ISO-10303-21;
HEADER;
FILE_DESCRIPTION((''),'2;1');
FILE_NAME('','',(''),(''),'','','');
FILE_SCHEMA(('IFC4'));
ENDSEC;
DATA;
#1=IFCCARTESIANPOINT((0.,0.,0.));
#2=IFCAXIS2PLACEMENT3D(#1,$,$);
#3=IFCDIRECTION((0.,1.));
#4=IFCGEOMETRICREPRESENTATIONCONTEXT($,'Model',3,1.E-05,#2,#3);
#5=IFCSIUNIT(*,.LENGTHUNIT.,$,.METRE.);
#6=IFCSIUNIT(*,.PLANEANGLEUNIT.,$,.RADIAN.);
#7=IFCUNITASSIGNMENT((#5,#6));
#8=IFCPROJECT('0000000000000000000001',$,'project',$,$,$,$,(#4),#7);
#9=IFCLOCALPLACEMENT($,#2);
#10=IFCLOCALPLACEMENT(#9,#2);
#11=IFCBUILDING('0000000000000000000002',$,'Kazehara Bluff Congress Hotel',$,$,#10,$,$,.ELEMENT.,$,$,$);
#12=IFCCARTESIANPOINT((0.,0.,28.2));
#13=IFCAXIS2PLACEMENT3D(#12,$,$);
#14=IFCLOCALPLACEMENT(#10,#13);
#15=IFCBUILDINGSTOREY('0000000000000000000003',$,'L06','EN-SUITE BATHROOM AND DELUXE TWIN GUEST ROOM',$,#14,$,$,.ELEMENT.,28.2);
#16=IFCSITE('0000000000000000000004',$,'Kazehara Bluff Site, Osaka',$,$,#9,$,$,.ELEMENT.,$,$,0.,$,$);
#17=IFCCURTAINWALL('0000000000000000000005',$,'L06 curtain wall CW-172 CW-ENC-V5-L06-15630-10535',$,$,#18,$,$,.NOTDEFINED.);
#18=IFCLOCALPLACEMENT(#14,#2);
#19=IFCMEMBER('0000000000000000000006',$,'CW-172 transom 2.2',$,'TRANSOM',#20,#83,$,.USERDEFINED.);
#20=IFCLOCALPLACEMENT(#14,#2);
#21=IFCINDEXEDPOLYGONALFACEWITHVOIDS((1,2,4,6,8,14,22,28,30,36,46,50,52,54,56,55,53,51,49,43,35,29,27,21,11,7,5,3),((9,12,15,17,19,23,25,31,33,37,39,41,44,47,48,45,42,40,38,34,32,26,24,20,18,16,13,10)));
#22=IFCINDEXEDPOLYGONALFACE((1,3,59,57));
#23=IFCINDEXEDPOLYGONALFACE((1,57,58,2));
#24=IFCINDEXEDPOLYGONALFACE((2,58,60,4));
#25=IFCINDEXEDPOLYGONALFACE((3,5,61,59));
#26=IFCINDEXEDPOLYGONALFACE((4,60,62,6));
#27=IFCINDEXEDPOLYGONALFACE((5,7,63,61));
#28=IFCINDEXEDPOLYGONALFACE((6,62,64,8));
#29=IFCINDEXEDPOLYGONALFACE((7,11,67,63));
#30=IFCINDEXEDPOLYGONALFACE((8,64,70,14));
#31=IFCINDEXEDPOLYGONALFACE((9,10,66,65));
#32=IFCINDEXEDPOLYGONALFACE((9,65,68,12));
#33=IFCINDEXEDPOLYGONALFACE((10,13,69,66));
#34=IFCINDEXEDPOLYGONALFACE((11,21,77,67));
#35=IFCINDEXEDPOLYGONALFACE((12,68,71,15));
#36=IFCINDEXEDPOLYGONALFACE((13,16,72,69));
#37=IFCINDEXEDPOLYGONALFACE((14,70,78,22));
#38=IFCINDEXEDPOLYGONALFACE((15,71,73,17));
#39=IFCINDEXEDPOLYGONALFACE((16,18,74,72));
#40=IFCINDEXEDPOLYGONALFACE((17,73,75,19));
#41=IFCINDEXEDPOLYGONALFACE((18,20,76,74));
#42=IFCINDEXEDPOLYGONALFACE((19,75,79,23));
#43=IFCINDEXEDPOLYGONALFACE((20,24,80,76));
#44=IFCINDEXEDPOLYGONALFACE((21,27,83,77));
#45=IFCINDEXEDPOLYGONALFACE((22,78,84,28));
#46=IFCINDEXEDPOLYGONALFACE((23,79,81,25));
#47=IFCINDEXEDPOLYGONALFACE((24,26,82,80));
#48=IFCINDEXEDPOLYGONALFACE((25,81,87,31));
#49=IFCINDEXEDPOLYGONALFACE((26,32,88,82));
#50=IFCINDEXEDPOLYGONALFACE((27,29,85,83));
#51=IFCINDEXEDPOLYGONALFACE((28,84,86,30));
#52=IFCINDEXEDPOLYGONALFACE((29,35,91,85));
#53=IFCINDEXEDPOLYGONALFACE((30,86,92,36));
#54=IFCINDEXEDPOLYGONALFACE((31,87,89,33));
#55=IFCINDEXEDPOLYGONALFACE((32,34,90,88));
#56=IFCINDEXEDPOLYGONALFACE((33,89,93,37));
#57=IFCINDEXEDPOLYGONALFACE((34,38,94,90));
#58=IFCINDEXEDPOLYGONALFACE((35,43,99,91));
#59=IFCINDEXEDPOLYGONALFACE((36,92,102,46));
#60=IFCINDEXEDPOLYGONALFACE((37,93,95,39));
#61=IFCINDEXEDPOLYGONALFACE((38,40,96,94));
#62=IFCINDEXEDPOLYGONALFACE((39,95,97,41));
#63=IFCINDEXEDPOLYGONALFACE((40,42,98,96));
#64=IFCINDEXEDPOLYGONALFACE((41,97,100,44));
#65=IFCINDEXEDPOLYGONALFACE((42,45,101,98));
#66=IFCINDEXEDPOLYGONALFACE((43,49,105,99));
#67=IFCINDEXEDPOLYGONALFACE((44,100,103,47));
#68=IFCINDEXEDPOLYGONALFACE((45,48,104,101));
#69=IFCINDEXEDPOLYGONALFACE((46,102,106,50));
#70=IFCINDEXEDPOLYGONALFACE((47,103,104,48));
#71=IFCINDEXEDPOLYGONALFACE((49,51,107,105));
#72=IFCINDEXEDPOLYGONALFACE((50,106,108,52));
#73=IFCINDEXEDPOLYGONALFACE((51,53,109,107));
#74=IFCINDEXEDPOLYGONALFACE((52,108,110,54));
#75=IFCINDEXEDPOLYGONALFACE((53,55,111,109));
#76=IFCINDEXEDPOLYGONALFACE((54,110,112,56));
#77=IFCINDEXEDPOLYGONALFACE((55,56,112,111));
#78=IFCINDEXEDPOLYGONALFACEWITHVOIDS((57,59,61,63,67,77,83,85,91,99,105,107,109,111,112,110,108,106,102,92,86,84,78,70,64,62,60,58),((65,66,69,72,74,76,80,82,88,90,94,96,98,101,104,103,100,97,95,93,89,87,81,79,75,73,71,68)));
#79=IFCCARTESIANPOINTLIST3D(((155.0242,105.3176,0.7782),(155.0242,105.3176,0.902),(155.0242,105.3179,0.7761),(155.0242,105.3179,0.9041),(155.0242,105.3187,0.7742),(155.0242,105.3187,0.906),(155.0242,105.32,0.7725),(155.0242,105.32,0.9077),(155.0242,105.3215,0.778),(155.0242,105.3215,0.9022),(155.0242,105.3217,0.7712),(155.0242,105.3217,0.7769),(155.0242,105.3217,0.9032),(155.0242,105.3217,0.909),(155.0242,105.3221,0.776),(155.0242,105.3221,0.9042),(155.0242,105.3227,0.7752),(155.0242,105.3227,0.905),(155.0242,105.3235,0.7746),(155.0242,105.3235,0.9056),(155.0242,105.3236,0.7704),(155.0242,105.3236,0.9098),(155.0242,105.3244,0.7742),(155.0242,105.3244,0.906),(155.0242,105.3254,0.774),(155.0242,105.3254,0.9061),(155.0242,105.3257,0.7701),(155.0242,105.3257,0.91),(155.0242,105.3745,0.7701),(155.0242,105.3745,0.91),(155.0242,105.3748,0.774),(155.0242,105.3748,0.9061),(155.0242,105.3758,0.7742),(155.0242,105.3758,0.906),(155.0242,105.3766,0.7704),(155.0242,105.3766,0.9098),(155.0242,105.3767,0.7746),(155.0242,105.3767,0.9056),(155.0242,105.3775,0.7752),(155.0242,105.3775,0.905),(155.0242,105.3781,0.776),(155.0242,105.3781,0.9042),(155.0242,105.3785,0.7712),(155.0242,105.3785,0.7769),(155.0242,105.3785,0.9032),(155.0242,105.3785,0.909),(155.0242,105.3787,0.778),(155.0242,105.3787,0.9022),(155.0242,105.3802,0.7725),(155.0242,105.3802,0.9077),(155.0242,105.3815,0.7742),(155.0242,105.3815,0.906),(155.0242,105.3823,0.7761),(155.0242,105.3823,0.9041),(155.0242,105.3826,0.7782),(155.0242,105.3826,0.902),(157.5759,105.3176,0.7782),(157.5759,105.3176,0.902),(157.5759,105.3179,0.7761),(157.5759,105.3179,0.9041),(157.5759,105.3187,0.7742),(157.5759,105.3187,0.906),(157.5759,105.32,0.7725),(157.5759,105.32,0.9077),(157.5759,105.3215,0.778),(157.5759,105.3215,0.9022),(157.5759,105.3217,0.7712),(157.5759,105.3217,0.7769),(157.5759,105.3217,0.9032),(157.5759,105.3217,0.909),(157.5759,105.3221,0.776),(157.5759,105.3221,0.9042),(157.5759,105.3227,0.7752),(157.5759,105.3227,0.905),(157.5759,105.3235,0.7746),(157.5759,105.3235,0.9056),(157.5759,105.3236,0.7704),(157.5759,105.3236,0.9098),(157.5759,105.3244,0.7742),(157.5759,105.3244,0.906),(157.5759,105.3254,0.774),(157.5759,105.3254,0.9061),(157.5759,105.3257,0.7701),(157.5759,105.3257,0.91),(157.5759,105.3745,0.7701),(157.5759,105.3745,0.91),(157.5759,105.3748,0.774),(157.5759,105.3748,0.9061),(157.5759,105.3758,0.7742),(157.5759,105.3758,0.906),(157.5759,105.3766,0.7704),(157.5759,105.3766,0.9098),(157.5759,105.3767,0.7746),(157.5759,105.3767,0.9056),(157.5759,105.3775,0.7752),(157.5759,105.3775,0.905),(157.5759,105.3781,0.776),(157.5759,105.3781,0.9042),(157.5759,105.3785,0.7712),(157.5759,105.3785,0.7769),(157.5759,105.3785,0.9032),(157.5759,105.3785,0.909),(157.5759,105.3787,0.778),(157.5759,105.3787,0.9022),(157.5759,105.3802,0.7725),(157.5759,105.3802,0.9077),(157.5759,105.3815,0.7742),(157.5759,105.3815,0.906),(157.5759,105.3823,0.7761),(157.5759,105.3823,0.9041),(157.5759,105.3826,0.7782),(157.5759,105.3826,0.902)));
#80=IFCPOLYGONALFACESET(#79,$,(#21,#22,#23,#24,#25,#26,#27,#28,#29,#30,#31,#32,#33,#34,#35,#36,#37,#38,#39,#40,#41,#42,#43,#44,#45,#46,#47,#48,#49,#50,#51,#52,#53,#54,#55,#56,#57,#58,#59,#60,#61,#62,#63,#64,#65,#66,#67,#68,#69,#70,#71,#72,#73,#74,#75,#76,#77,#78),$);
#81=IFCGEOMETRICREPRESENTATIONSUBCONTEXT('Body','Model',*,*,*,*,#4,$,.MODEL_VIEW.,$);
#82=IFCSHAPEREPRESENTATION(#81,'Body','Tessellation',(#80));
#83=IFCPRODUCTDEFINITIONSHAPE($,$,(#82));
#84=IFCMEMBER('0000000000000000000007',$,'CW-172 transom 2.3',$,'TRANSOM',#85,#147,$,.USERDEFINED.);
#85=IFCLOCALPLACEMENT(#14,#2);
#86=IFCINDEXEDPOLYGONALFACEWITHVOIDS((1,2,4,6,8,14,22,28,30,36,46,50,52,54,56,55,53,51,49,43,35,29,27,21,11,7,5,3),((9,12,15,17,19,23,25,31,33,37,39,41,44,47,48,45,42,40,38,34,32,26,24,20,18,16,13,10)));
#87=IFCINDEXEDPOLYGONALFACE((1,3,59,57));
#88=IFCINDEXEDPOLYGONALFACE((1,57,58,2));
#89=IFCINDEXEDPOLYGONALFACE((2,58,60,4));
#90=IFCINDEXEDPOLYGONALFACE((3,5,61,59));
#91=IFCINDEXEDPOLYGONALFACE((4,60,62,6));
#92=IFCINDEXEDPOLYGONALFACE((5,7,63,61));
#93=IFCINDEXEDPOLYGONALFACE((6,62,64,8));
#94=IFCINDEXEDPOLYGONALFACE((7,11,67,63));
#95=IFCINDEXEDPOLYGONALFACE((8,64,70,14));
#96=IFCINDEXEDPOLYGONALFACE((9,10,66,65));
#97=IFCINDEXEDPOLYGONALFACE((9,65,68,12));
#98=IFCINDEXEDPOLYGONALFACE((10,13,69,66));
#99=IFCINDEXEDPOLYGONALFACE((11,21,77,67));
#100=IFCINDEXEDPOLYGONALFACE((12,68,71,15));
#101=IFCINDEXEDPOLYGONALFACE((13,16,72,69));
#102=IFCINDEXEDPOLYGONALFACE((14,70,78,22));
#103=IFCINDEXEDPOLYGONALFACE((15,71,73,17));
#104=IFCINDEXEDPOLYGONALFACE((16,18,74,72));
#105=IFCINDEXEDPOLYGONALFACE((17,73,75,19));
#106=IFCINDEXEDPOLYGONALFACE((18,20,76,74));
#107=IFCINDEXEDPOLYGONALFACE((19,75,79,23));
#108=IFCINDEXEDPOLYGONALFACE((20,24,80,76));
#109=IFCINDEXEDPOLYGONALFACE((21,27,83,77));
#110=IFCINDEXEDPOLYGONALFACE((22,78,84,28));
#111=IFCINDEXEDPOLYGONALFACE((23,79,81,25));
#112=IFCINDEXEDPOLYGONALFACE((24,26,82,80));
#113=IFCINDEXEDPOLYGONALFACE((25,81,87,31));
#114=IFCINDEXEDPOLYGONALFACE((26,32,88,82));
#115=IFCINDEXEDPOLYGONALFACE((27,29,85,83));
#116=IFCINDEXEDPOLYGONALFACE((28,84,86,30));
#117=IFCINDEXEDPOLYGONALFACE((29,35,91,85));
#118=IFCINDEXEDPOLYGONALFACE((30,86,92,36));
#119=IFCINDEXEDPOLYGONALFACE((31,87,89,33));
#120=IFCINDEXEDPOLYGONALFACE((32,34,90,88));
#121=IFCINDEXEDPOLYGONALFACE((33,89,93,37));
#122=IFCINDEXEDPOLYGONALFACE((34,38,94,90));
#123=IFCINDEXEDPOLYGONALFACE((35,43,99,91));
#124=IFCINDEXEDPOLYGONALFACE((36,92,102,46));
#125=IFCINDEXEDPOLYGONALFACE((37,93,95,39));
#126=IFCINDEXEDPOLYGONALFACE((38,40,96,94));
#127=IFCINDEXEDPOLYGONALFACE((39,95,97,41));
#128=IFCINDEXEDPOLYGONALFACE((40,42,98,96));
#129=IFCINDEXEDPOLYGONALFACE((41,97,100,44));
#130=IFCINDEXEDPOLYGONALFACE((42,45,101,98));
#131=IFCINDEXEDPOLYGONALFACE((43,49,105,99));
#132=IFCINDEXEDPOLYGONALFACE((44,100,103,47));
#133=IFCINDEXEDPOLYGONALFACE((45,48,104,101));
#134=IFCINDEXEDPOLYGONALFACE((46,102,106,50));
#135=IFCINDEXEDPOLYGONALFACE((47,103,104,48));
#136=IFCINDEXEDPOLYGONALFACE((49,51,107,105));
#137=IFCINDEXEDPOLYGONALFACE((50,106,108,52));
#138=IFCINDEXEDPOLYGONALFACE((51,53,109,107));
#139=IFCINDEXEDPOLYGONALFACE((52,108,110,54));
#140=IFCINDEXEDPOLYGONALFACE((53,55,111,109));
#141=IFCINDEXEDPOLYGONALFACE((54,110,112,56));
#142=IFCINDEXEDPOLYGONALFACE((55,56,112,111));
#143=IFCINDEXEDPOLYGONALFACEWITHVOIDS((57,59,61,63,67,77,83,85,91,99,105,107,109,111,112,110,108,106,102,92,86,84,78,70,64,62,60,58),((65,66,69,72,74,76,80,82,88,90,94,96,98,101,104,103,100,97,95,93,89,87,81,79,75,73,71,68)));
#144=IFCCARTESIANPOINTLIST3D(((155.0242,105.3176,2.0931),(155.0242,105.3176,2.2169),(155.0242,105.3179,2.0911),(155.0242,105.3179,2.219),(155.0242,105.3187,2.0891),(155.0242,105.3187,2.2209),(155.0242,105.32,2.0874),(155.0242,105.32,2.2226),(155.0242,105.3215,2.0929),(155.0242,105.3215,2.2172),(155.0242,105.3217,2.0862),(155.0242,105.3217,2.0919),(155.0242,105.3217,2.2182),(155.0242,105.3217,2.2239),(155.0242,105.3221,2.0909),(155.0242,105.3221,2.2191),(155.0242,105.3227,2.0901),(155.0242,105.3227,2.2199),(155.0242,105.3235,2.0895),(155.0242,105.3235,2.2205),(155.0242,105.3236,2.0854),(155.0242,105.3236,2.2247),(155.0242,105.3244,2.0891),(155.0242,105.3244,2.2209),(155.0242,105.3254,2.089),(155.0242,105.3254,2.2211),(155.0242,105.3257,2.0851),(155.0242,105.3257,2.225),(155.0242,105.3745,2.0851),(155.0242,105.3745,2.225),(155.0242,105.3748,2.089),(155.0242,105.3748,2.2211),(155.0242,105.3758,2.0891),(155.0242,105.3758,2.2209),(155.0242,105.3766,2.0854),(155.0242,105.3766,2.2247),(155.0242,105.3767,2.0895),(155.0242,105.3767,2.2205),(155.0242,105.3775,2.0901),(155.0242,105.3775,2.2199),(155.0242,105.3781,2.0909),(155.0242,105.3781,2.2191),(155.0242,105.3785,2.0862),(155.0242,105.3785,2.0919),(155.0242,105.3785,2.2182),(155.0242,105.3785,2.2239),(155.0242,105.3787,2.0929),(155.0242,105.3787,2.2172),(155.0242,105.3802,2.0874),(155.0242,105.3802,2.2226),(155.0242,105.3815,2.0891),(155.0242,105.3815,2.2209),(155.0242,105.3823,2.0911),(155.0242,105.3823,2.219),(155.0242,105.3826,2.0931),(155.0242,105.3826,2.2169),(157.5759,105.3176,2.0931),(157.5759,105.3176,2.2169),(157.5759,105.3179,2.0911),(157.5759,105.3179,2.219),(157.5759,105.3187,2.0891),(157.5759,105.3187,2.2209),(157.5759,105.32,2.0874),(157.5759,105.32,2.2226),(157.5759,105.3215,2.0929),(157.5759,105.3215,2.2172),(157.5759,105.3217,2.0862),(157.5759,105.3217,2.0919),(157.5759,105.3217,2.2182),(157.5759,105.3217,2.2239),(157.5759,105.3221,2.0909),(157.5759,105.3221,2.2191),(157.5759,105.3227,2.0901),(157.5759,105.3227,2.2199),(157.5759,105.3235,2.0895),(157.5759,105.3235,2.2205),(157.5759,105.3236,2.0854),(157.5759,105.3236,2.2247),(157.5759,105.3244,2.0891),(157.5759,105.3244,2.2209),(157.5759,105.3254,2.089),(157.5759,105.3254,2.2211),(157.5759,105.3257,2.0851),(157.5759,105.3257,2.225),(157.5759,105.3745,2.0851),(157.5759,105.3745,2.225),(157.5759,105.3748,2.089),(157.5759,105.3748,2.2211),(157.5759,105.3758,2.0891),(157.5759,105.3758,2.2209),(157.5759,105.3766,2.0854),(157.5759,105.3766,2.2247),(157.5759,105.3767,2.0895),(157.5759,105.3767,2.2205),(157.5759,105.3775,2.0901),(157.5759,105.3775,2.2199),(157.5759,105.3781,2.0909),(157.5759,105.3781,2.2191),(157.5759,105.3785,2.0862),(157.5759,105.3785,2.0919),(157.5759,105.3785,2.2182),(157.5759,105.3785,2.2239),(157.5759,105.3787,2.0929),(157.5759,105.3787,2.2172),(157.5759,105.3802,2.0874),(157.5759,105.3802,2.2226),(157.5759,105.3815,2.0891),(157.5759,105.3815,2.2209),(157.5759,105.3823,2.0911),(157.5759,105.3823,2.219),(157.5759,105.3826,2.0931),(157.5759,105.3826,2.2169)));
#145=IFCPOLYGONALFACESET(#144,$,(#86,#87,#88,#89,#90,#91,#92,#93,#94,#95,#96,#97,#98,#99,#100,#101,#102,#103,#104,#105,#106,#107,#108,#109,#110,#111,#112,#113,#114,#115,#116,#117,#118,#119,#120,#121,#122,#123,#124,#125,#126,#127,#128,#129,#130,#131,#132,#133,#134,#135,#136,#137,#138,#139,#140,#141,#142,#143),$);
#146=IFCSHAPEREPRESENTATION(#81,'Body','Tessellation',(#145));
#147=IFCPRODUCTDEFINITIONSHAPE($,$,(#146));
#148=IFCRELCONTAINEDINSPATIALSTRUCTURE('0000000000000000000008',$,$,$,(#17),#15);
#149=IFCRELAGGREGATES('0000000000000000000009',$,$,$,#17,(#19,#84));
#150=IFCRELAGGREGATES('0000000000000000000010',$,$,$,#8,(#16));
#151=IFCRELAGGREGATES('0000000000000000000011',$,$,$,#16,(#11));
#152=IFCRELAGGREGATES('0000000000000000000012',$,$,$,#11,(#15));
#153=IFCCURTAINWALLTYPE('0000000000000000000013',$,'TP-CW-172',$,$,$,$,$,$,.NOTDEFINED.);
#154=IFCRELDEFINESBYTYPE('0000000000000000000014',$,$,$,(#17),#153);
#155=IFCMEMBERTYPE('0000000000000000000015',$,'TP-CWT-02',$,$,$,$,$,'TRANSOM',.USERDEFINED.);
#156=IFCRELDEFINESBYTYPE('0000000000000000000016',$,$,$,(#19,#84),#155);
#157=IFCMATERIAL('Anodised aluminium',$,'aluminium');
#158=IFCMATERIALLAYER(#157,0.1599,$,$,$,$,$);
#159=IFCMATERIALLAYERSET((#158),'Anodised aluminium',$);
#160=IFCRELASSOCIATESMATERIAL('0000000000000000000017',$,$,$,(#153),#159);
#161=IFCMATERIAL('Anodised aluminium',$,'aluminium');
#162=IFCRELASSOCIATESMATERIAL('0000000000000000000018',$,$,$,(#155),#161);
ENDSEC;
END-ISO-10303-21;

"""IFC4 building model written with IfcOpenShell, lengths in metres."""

from ifc_helpers import new_model, si_unit, direction, frame, origin, origin_2d, place, context, subcontext, project, spatial, hollow_rectangle, extrude, material, layer, layer_set, material_profile, profile_set, type_object, element, aggregate, save


model = new_model("IFC4")

# Units and contexts
model_context = context("Model", 3, precision=1e-05, world=origin(), true_north=direction((0.0, 1.0)))
body_context = subcontext(model_context, "Body", "Model", "MODEL_VIEW")
ifc_project = project(units=[si_unit("LENGTHUNIT", "METRE"), si_unit("PLANEANGLEUNIT", "RADIAN")], contexts=[model_context])

# Site, building, storey
site_placement = place(None, origin())
site = spatial("IfcSite", under=ifc_project, at=site_placement, Name="Kazehara Bluff Site, Osaka", CompositionType="ELEMENT", RefElevation=0.0)
building_placement = place(site_placement, origin())
building = spatial("IfcBuilding", under=site, at=building_placement, Name="Kazehara Bluff Congress Hotel", CompositionType="ELEMENT")
storey_placement = place(building_placement, frame((0.0, 0.0, 28.2)))
storey = spatial("IfcBuildingStorey", under=building, at=storey_placement, Name="L06", Description="EN-SUITE BATHROOM AND DELUXE TWIN GUEST ROOM", CompositionType="ELEMENT", Elevation=28.2)

# Curtain wall, members
ifc_material_1 = material(Name="Anodised aluminium", Category="aluminium")
ifc_layer_1 = layer(ifc_material_1, 0.1599)
ifc_layer_set_1 = layer_set([ifc_layer_1], Name="Anodised aluminium")
curtain_wall_type = type_object("IfcCurtainWallType", Name="TP-CW-172", PredefinedType="NOTDEFINED", material=ifc_layer_set_1)
curtain_wall_placement = place(storey_placement, origin())
curtain_wall = element("IfcCurtainWall", 1, at=curtain_wall_placement, inside=storey, type_object=curtain_wall_type, Name="L06 curtain wall CW-172 CW-ENC-V5-L06-15630-10535", PredefinedType="NOTDEFINED")
ifc_material_2 = material(Name="Anodised aluminium", Category="aluminium")
ifc_material_profile_1 = material_profile(ifc_material_2, hollow_rectangle(XDim=0.0649, YDim=0.1399, WallThickness=0.0039, InnerFilletRadius=0.0039, OuterFilletRadius=0.0081, at=origin_2d()))
ifc_profile_set_1 = profile_set([ifc_material_profile_1], Name="Anodised aluminium")
member_type_1 = type_object("IfcMemberType", Name="TP-CWT-02", ElementType="TRANSOM", PredefinedType="USERDEFINED", material=ifc_profile_set_1)
member_1_placement = place(storey_placement, frame((155.0242, 105.3501, 0.8401), z_axis=(1.0, 0.0, 0.0), x_axis=(0.0, 1.0, 0.0)))
member_1 = element("IfcMember", 2, at=member_1_placement, type_object=member_type_1, Name="CW-172 transom 2.2", ObjectType="TRANSOM", PredefinedType="USERDEFINED", context=body_context, shape_type="SweptSolid", body=[
    extrude(hollow_rectangle(XDim=0.0649, YDim=0.1399, WallThickness=0.0039, InnerFilletRadius=0.0039, OuterFilletRadius=0.0081, at=origin_2d()), origin(), (0.0, 0.0, 1.0), 2.5518),
])
member_2_placement = place(storey_placement, frame((155.0242, 105.3501, 2.155), z_axis=(1.0, 0.0, 0.0), x_axis=(0.0, 1.0, 0.0)))
member_2 = element("IfcMember", 3, at=member_2_placement, type_object=member_type_1, Name="CW-172 transom 2.3", ObjectType="TRANSOM", PredefinedType="USERDEFINED", context=body_context, shape_type="SweptSolid", body=[
    extrude(hollow_rectangle(XDim=0.0649, YDim=0.1399, WallThickness=0.0039, InnerFilletRadius=0.0039, OuterFilletRadius=0.0081, at=origin_2d()), origin(), (0.0, 0.0, 1.0), 2.5518),
])
aggregate(curtain_wall, [member_1, member_2])

save(model, "model.ifc")
